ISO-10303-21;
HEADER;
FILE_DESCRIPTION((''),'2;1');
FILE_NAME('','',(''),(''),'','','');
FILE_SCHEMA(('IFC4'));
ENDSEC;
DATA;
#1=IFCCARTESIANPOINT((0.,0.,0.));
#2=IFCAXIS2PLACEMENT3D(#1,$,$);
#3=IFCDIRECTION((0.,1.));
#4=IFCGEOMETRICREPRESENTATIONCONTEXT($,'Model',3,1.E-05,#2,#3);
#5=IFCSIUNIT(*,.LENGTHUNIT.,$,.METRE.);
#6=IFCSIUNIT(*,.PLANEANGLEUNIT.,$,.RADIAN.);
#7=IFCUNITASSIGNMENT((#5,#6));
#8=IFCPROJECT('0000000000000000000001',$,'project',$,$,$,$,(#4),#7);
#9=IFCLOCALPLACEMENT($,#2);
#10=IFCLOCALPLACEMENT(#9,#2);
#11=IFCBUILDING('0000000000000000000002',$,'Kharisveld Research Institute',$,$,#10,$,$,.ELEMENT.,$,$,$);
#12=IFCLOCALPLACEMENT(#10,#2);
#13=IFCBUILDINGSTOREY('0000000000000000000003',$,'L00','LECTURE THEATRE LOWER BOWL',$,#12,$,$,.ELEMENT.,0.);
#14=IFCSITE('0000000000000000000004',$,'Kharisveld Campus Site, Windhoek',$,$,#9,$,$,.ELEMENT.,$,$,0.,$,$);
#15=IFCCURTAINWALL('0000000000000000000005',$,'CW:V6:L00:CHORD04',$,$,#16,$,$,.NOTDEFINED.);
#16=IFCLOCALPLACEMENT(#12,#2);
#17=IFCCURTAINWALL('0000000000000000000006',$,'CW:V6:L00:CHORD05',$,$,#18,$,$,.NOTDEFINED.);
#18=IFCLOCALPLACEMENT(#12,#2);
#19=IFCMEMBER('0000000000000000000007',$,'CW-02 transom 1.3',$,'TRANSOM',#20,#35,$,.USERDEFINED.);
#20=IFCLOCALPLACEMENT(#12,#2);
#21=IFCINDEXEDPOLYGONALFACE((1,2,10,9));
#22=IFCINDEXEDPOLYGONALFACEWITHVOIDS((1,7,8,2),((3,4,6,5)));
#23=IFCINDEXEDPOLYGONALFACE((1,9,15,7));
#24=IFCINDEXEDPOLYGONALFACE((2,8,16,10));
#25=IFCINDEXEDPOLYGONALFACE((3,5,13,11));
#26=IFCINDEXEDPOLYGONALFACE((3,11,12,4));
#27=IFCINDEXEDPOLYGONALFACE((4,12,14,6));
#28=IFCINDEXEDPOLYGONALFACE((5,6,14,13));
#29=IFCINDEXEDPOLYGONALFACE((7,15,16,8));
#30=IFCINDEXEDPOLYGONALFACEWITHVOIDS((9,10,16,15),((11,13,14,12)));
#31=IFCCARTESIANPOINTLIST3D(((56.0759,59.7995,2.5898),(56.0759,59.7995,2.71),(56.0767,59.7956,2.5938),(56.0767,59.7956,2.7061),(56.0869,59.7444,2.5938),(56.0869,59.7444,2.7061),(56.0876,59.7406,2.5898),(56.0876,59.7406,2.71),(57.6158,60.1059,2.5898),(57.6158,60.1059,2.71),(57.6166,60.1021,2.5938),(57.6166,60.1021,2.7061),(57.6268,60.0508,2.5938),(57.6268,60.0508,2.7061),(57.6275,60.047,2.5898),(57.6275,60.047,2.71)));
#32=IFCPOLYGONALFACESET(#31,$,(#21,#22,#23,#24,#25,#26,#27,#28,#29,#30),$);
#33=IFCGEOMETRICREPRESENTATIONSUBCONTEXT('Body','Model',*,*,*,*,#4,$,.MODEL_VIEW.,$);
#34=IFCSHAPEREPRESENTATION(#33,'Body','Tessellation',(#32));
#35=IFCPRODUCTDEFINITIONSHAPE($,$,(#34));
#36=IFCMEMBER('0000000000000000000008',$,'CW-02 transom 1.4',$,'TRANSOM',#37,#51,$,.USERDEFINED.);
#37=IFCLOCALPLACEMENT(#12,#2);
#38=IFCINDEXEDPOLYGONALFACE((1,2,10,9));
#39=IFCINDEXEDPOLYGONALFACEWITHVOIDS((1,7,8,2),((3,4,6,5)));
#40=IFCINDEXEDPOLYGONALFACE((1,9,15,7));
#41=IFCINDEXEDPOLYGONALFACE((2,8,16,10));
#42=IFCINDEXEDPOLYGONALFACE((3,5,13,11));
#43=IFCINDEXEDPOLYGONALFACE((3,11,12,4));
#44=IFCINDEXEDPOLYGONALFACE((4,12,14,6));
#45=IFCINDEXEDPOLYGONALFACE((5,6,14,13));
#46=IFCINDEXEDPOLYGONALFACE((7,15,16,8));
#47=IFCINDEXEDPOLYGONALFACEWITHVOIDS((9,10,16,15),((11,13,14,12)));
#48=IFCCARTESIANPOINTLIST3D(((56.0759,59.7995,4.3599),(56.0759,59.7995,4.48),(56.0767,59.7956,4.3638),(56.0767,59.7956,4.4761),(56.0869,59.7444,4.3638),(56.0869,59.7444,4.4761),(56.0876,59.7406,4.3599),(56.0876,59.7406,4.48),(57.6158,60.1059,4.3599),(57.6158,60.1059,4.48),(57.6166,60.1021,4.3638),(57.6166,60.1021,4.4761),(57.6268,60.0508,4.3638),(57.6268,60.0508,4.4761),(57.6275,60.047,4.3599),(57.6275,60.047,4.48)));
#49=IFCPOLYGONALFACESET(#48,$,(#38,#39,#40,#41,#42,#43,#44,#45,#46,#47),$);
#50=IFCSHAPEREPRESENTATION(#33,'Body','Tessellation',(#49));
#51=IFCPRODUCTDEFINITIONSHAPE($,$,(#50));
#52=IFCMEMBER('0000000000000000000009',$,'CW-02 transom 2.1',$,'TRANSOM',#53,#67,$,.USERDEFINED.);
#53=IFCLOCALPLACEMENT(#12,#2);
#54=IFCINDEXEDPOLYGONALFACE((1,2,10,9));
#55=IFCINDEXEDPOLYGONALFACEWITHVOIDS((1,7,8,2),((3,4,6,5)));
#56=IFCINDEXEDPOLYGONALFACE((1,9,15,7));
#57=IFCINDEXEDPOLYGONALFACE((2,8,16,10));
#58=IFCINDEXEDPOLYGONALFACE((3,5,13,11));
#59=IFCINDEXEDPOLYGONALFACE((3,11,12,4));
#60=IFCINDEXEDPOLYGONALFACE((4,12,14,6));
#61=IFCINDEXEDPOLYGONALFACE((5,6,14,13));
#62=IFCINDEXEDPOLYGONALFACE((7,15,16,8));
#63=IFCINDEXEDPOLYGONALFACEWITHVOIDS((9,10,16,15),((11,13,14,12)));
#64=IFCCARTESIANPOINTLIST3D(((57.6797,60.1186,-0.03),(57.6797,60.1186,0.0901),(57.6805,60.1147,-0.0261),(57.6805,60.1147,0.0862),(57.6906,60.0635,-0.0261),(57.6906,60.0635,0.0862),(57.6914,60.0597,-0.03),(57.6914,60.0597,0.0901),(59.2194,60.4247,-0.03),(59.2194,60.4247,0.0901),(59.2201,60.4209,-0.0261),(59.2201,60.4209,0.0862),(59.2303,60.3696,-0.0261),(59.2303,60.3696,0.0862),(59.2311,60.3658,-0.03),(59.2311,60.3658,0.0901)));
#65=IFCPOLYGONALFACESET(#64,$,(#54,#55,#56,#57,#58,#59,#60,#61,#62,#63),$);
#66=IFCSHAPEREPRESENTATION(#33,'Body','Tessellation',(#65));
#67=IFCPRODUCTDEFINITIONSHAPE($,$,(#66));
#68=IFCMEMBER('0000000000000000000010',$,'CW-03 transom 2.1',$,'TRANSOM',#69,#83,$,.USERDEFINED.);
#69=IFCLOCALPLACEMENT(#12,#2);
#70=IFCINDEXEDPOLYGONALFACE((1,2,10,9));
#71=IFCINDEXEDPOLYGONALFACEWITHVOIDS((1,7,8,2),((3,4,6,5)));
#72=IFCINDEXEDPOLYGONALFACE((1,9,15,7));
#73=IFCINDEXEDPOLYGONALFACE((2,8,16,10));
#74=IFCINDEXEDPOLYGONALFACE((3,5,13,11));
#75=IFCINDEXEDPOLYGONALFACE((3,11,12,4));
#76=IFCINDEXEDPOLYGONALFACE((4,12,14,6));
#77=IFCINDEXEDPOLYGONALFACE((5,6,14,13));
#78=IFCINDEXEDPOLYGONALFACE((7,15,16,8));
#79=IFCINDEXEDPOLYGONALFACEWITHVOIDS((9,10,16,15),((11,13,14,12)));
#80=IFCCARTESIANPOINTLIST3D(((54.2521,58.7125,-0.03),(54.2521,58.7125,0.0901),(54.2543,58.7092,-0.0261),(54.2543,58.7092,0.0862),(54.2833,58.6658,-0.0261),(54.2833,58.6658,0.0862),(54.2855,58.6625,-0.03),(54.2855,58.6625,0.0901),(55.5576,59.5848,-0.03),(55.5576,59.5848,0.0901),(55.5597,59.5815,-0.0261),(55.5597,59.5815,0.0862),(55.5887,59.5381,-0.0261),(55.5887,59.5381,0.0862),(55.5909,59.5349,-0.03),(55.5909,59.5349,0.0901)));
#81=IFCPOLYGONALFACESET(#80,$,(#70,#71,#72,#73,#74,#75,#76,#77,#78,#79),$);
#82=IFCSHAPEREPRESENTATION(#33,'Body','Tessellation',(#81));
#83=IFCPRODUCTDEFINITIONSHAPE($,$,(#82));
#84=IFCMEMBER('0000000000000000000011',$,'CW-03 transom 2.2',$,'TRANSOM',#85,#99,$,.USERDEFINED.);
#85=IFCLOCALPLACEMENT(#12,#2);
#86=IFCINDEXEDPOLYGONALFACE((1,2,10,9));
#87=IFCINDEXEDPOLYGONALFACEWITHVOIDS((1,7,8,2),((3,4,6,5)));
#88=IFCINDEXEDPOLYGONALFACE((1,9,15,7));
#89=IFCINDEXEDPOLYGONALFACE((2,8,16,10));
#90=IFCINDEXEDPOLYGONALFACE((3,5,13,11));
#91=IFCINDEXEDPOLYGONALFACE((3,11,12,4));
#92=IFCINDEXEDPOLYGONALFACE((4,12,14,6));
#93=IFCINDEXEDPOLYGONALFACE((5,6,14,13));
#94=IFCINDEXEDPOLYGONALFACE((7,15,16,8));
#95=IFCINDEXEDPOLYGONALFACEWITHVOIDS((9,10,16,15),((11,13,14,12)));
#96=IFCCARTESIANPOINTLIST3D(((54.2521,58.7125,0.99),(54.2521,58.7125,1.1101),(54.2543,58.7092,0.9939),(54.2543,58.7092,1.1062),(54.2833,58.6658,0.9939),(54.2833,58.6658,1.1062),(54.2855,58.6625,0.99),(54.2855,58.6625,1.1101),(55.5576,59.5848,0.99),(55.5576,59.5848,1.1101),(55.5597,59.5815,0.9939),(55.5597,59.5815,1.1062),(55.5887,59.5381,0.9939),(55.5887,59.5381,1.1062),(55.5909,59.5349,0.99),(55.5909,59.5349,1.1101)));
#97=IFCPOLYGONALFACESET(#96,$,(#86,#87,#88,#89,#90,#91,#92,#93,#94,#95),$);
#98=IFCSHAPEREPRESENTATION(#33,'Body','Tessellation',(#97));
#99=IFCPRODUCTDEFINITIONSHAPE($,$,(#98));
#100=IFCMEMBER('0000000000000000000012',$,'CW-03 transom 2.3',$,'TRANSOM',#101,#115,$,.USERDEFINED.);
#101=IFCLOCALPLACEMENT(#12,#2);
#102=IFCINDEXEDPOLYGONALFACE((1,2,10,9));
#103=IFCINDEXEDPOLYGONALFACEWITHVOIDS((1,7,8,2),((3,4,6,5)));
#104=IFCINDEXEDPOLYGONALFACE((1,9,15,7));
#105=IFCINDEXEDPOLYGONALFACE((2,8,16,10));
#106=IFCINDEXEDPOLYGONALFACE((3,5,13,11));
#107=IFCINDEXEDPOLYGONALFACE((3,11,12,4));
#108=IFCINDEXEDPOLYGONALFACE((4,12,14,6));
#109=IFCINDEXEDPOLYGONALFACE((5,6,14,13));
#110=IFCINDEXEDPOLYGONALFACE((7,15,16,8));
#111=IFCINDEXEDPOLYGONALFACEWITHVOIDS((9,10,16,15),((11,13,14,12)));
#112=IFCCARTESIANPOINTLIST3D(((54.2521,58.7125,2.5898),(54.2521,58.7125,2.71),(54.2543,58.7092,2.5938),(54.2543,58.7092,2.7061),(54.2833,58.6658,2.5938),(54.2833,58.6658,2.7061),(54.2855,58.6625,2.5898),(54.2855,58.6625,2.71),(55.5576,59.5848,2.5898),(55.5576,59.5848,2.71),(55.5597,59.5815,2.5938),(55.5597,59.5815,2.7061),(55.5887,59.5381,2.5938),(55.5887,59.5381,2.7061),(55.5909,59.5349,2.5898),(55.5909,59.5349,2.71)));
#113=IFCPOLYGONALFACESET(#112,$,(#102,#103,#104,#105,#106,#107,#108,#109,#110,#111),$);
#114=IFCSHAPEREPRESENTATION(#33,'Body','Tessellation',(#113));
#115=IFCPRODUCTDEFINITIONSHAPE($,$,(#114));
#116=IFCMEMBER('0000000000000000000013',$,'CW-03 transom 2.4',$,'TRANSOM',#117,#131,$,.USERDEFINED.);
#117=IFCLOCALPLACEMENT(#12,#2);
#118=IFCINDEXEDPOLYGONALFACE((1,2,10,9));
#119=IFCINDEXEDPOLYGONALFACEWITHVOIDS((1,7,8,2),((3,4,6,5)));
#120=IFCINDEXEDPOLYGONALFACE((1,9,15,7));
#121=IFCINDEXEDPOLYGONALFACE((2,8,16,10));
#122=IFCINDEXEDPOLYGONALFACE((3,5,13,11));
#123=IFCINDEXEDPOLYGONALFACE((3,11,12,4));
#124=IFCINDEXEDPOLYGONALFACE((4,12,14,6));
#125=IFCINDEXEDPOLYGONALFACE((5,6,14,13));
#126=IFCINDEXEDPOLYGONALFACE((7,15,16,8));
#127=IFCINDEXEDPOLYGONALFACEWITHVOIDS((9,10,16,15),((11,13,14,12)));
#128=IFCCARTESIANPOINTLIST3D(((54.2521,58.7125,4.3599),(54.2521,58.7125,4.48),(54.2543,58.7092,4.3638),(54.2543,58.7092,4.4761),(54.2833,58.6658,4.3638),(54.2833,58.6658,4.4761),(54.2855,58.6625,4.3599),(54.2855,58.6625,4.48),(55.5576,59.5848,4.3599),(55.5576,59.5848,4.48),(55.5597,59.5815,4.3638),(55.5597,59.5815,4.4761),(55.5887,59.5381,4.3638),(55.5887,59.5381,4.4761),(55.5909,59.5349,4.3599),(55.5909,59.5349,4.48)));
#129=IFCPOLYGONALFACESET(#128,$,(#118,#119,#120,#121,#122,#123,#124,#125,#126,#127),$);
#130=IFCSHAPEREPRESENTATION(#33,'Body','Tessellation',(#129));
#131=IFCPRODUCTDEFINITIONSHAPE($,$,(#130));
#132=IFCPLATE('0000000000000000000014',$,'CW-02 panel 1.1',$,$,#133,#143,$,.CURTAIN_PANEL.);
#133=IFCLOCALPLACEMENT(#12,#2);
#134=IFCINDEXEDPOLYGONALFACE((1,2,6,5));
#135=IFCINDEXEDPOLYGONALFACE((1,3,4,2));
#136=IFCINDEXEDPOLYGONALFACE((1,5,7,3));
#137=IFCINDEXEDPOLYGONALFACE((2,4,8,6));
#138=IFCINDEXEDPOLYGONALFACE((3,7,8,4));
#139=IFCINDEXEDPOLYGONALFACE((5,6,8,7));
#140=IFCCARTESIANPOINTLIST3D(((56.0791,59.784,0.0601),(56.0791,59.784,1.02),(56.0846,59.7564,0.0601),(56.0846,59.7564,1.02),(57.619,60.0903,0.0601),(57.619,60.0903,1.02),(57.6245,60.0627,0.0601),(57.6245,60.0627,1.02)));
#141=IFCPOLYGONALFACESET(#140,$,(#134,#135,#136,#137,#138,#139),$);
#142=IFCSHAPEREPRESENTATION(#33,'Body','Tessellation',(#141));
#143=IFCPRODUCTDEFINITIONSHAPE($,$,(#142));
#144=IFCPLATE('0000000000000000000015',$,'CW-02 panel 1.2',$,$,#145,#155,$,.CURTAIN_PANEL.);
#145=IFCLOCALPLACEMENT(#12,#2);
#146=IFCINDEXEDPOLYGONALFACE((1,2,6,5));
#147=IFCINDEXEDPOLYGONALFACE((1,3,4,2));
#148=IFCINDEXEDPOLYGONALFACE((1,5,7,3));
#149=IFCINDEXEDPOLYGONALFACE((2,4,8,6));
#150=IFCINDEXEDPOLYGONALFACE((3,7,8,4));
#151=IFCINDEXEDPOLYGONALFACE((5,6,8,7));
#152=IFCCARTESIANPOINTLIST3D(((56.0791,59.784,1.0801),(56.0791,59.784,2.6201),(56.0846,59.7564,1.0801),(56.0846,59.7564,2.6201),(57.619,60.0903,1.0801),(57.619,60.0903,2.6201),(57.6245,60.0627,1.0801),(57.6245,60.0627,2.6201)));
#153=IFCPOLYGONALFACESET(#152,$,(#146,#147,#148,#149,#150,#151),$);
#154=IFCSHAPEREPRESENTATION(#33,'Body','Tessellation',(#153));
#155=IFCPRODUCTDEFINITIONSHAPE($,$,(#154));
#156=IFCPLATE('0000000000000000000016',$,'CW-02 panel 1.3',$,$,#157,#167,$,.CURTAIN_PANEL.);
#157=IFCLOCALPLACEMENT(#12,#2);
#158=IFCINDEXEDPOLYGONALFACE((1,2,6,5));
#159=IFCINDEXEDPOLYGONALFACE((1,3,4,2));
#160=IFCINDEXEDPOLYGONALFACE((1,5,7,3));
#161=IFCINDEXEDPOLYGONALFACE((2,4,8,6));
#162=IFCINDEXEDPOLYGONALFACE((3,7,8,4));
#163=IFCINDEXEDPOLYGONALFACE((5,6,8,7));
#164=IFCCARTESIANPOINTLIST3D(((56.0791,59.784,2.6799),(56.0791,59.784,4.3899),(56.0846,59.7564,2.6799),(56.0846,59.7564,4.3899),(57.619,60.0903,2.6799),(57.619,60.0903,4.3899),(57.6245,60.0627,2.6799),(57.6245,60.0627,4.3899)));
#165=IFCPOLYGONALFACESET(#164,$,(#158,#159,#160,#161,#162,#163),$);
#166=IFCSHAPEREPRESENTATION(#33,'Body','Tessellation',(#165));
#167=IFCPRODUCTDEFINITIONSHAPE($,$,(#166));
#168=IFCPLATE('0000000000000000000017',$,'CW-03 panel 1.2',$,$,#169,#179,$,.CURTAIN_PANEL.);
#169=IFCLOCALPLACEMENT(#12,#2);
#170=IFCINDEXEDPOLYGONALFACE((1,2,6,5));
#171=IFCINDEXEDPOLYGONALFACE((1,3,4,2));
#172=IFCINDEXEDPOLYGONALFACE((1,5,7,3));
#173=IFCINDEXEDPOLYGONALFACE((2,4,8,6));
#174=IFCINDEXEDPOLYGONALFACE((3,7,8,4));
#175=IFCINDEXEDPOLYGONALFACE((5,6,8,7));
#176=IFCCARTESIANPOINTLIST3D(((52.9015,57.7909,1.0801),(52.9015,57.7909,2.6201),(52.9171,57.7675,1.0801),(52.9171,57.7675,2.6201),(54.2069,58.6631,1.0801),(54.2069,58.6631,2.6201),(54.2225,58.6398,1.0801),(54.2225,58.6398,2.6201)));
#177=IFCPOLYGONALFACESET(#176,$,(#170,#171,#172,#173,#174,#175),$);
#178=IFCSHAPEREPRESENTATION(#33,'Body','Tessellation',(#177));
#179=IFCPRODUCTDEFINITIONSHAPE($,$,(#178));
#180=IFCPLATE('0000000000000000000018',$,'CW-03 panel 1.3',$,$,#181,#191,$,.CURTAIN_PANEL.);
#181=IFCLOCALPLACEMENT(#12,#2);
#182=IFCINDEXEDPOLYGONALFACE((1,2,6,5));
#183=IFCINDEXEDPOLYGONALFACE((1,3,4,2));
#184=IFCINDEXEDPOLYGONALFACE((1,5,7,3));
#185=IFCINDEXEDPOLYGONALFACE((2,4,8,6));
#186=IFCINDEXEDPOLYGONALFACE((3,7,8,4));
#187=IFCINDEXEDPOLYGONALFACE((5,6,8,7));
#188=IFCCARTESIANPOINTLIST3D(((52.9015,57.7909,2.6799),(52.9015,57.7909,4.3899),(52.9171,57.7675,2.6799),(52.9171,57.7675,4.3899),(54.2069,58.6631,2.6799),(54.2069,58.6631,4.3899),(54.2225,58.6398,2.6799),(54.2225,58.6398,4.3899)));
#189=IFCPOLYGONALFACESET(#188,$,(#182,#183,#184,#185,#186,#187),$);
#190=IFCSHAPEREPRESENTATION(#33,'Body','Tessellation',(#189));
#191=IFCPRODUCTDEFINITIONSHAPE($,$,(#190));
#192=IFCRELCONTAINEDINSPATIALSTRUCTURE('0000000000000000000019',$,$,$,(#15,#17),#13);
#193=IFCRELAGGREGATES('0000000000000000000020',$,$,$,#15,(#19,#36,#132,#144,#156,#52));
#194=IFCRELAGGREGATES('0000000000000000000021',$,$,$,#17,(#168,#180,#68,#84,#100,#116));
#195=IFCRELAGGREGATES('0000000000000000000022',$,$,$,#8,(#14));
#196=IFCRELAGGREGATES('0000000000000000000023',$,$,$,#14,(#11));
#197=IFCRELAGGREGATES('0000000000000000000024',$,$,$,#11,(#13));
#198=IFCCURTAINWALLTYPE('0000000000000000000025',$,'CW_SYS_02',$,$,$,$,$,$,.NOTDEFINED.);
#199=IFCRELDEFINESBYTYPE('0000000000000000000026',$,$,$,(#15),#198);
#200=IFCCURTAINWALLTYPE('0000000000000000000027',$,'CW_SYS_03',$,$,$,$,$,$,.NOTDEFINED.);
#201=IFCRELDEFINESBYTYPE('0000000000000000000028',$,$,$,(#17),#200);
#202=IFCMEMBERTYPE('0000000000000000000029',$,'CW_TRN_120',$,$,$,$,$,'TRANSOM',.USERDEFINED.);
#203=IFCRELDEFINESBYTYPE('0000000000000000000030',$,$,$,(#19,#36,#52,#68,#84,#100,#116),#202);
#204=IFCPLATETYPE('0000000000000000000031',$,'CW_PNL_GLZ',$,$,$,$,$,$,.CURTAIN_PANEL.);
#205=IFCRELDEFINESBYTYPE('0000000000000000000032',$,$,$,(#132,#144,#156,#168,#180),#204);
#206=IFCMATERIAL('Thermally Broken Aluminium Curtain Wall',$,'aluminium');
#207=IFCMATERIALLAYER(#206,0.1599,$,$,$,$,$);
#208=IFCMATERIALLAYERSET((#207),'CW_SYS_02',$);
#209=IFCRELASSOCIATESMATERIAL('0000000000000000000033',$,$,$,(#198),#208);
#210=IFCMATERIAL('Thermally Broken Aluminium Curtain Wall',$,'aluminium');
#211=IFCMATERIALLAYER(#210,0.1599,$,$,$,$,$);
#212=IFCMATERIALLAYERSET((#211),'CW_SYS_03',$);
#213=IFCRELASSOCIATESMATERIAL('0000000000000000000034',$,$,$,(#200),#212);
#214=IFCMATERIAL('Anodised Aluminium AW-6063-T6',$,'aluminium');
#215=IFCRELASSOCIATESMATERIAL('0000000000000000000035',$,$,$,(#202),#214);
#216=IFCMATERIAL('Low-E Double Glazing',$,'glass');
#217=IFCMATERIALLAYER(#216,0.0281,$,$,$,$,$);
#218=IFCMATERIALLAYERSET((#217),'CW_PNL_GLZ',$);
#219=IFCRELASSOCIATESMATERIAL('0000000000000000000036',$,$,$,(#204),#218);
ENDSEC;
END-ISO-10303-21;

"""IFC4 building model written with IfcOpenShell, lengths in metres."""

from ifc_helpers import new_model, si_unit, direction, frame, origin, origin_2d, place, context, subcontext, project, spatial, rectangle, hollow_rectangle, extrude, material, layer, layer_set, material_profile, profile_set, type_object, element, aggregate, save


model = new_model("IFC4")

# Units and contexts
model_context = context("Model", 3, precision=1e-05, world=origin(), true_north=direction((0.0, 1.0)))
body_context = subcontext(model_context, "Body", "Model", "MODEL_VIEW")
ifc_project = project(units=[si_unit("LENGTHUNIT", "METRE"), si_unit("PLANEANGLEUNIT", "RADIAN")], contexts=[model_context])

# Site, building, storey
site_placement = place(None, origin())
site = spatial("IfcSite", under=ifc_project, at=site_placement, Name="Kharisveld Campus Site, Windhoek", CompositionType="ELEMENT", RefElevation=0.0)
building_placement = place(site_placement, origin())
building = spatial("IfcBuilding", under=site, at=building_placement, Name="Kharisveld Research Institute", CompositionType="ELEMENT")
storey_placement = place(building_placement, origin())
storey = spatial("IfcBuildingStorey", under=building, at=storey_placement, Name="L00", Description="LECTURE THEATRE LOWER BOWL", CompositionType="ELEMENT", Elevation=0.0)

# Curtain walls
ifc_material_1 = material(Name="Thermally Broken Aluminium Curtain Wall", Category="aluminium")
ifc_layer_1 = layer(ifc_material_1, 0.1599)
ifc_layer_set_1 = layer_set([ifc_layer_1], Name="CW_SYS_02")
curtain_wall_type_1 = type_object("IfcCurtainWallType", Name="CW_SYS_02", PredefinedType="NOTDEFINED", material=ifc_layer_set_1)
curtain_wall_1_placement = place(storey_placement, origin())
curtain_wall_1 = element("IfcCurtainWall", 1, at=curtain_wall_1_placement, inside=storey, type_object=curtain_wall_type_1, Name="CW:V6:L00:CHORD04", PredefinedType="NOTDEFINED")
ifc_material_2 = material(Name="Thermally Broken Aluminium Curtain Wall", Category="aluminium")
ifc_layer_2 = layer(ifc_material_2, 0.1599)
ifc_layer_set_2 = layer_set([ifc_layer_2], Name="CW_SYS_03")
curtain_wall_type_2 = type_object("IfcCurtainWallType", Name="CW_SYS_03", PredefinedType="NOTDEFINED", material=ifc_layer_set_2)
curtain_wall_2_placement = place(storey_placement, origin())
curtain_wall_2 = element("IfcCurtainWall", 2, at=curtain_wall_2_placement, inside=storey, type_object=curtain_wall_type_2, Name="CW:V6:L00:CHORD05", PredefinedType="NOTDEFINED")

# Members
ifc_material_3 = material(Name="Anodised Aluminium AW-6063-T6", Category="aluminium")
ifc_material_profile_1 = material_profile(ifc_material_3, hollow_rectangle(XDim=0.0601, YDim=0.1201, WallThickness=0.0039, at=origin_2d()))
ifc_profile_set_1 = profile_set([ifc_material_profile_1], Name="Anodised Aluminium AW-6063-T6")
member_type_1 = type_object("IfcMemberType", Name="CW_TRN_120", ElementType="TRANSOM", PredefinedType="USERDEFINED", material=ifc_profile_set_1)
member_1_placement = place(storey_placement, frame((56.0818, 59.77, 2.6499), z_axis=(0.980772, 0.195159, 0.0), x_axis=(-0.195159, 0.980772, 0.0)))
member_1 = element("IfcMember", 3, at=member_1_placement, type_object=member_type_1, Name="CW-02 transom 1.3", ObjectType="TRANSOM", PredefinedType="USERDEFINED", context=body_context, shape_type="SweptSolid", body=[
    extrude(hollow_rectangle(XDim=0.0601, YDim=0.1201, WallThickness=0.0039, at=origin_2d()), origin(), (0.0, 0.0, 1.0), 1.5701),
])
member_2_placement = place(storey_placement, frame((56.0818, 59.77, 4.4199), z_axis=(0.980772, 0.195159, 0.0), x_axis=(-0.195159, 0.980772, 0.0)))
member_2 = element("IfcMember", 4, at=member_2_placement, type_object=member_type_1, Name="CW-02 transom 1.4", ObjectType="TRANSOM", PredefinedType="USERDEFINED", context=body_context, shape_type="SweptSolid", body=[
    extrude(hollow_rectangle(XDim=0.0601, YDim=0.1201, WallThickness=0.0039, at=origin_2d()), origin(), (0.0, 0.0, 1.0), 1.5701),
])
member_3_placement = place(storey_placement, frame((57.6855, 60.0891, 0.03), z_axis=(0.980801, 0.195009, 0.0), x_axis=(-0.195009, 0.980801, 0.0)))
member_3 = element("IfcMember", 5, at=member_3_placement, type_object=member_type_1, Name="CW-02 transom 2.1", ObjectType="TRANSOM", PredefinedType="USERDEFINED", context=body_context, shape_type="SweptSolid", body=[
    extrude(hollow_rectangle(XDim=0.0601, YDim=0.1201, WallThickness=0.0039, at=origin_2d()), origin(), (0.0, 0.0, 1.0), 1.5698),
])
member_4_placement = place(storey_placement, frame((54.2688, 58.6875, 0.03), z_axis=(0.831452, 0.555597, 0.0), x_axis=(-0.555597, 0.831452, 0.0)))
member_4 = element("IfcMember", 6, at=member_4_placement, type_object=member_type_1, Name="CW-03 transom 2.1", ObjectType="TRANSOM", PredefinedType="USERDEFINED", context=body_context, shape_type="SweptSolid", body=[
    extrude(hollow_rectangle(XDim=0.0601, YDim=0.1201, WallThickness=0.0039, at=origin_2d()), origin(), (0.0, 0.0, 1.0), 1.5701),
])
member_5_placement = place(storey_placement, frame((54.2688, 58.6875, 1.05), z_axis=(0.831452, 0.555597, 0.0), x_axis=(-0.555597, 0.831452, 0.0)))
member_5 = element("IfcMember", 7, at=member_5_placement, type_object=member_type_1, Name="CW-03 transom 2.2", ObjectType="TRANSOM", PredefinedType="USERDEFINED", context=body_context, shape_type="SweptSolid", body=[
    extrude(hollow_rectangle(XDim=0.0601, YDim=0.1201, WallThickness=0.0039, at=origin_2d()), origin(), (0.0, 0.0, 1.0), 1.5701),
])
member_6_placement = place(storey_placement, frame((54.2688, 58.6875, 2.6499), z_axis=(0.831452, 0.555597, 0.0), x_axis=(-0.555597, 0.831452, 0.0)))
member_6 = element("IfcMember", 8, at=member_6_placement, type_object=member_type_1, Name="CW-03 transom 2.3", ObjectType="TRANSOM", PredefinedType="USERDEFINED", context=body_context, shape_type="SweptSolid", body=[
    extrude(hollow_rectangle(XDim=0.0601, YDim=0.1201, WallThickness=0.0039, at=origin_2d()), origin(), (0.0, 0.0, 1.0), 1.5701),
])
member_7_placement = place(storey_placement, frame((54.2688, 58.6875, 4.4199), z_axis=(0.831452, 0.555597, 0.0), x_axis=(-0.555597, 0.831452, 0.0)))
member_7 = element("IfcMember", 9, at=member_7_placement, type_object=member_type_1, Name="CW-03 transom 2.4", ObjectType="TRANSOM", PredefinedType="USERDEFINED", context=body_context, shape_type="SweptSolid", body=[
    extrude(hollow_rectangle(XDim=0.0601, YDim=0.1201, WallThickness=0.0039, at=origin_2d()), origin(), (0.0, 0.0, 1.0), 1.5701),
])

# Plates
ifc_material_4 = material(Name="Low-E Double Glazing", Category="glass")
ifc_layer_3 = layer(ifc_material_4, 0.0281)
ifc_layer_set_3 = layer_set([ifc_layer_3], Name="CW_PNL_GLZ")
plate_type = type_object("IfcPlateType", Name="CW_PNL_GLZ", PredefinedType="CURTAIN_PANEL", material=ifc_layer_set_3)
plate_1_placement = place(storey_placement, frame((56.8518, 59.9233, 0.0601), z_axis=(0.0, 0.0, 1.0), x_axis=(0.980785, 0.195091, 0.0)))
plate_1 = element("IfcPlate", 10, at=plate_1_placement, type_object=plate_type, Name="CW-02 panel 1.1", PredefinedType="CURTAIN_PANEL", context=body_context, shape_type="SweptSolid", body=[
    extrude(rectangle(XDim=1.5701, YDim=0.0281, at=origin_2d()), origin(), (0.0, 0.0, 1.0), 0.96),
])
plate_2_placement = place(storey_placement, frame((56.8518, 59.9233, 1.0801), z_axis=(0.0, 0.0, 1.0), x_axis=(0.980785, 0.195091, 0.0)))
plate_2 = element("IfcPlate", 11, at=plate_2_placement, type_object=plate_type, Name="CW-02 panel 1.2", PredefinedType="CURTAIN_PANEL", context=body_context, shape_type="SweptSolid", body=[
    extrude(rectangle(XDim=1.5701, YDim=0.0281, at=origin_2d()), origin(), (0.0, 0.0, 1.0), 1.54),
])
plate_3_placement = place(storey_placement, frame((56.8518, 59.9233, 2.6799), z_axis=(0.0, 0.0, 1.0), x_axis=(0.980785, 0.195091, 0.0)))
plate_3 = element("IfcPlate", 12, at=plate_3_placement, type_object=plate_type, Name="CW-02 panel 1.3", PredefinedType="CURTAIN_PANEL", context=body_context, shape_type="SweptSolid", body=[
    extrude(rectangle(XDim=1.5701, YDim=0.0281, at=origin_2d()), origin(), (0.0, 0.0, 1.0), 1.71),
])
aggregate(curtain_wall_1, [member_1, member_2, plate_1, plate_2, plate_3, member_3])
plate_4_placement = place(storey_placement, frame((53.562, 58.2153, 1.0801), z_axis=(0.0, 0.0, 1.0), x_axis=(0.83147, 0.55557, 0.0)))
plate_4 = element("IfcPlate", 13, at=plate_4_placement, type_object=plate_type, Name="CW-03 panel 1.2", PredefinedType="CURTAIN_PANEL", context=body_context, shape_type="SweptSolid", body=[
    extrude(rectangle(XDim=1.5701, YDim=0.0281, at=origin_2d()), origin(), (0.0, 0.0, 1.0), 1.54),
])
plate_5_placement = place(storey_placement, frame((53.562, 58.2153, 2.6799), z_axis=(0.0, 0.0, 1.0), x_axis=(0.83147, 0.55557, 0.0)))
plate_5 = element("IfcPlate", 14, at=plate_5_placement, type_object=plate_type, Name="CW-03 panel 1.3", PredefinedType="CURTAIN_PANEL", context=body_context, shape_type="SweptSolid", body=[
    extrude(rectangle(XDim=1.5701, YDim=0.0281, at=origin_2d()), origin(), (0.0, 0.0, 1.0), 1.71),
])
aggregate(curtain_wall_2, [plate_4, plate_5, member_4, member_5, member_6, member_7])

save(model, "model.ifc")
